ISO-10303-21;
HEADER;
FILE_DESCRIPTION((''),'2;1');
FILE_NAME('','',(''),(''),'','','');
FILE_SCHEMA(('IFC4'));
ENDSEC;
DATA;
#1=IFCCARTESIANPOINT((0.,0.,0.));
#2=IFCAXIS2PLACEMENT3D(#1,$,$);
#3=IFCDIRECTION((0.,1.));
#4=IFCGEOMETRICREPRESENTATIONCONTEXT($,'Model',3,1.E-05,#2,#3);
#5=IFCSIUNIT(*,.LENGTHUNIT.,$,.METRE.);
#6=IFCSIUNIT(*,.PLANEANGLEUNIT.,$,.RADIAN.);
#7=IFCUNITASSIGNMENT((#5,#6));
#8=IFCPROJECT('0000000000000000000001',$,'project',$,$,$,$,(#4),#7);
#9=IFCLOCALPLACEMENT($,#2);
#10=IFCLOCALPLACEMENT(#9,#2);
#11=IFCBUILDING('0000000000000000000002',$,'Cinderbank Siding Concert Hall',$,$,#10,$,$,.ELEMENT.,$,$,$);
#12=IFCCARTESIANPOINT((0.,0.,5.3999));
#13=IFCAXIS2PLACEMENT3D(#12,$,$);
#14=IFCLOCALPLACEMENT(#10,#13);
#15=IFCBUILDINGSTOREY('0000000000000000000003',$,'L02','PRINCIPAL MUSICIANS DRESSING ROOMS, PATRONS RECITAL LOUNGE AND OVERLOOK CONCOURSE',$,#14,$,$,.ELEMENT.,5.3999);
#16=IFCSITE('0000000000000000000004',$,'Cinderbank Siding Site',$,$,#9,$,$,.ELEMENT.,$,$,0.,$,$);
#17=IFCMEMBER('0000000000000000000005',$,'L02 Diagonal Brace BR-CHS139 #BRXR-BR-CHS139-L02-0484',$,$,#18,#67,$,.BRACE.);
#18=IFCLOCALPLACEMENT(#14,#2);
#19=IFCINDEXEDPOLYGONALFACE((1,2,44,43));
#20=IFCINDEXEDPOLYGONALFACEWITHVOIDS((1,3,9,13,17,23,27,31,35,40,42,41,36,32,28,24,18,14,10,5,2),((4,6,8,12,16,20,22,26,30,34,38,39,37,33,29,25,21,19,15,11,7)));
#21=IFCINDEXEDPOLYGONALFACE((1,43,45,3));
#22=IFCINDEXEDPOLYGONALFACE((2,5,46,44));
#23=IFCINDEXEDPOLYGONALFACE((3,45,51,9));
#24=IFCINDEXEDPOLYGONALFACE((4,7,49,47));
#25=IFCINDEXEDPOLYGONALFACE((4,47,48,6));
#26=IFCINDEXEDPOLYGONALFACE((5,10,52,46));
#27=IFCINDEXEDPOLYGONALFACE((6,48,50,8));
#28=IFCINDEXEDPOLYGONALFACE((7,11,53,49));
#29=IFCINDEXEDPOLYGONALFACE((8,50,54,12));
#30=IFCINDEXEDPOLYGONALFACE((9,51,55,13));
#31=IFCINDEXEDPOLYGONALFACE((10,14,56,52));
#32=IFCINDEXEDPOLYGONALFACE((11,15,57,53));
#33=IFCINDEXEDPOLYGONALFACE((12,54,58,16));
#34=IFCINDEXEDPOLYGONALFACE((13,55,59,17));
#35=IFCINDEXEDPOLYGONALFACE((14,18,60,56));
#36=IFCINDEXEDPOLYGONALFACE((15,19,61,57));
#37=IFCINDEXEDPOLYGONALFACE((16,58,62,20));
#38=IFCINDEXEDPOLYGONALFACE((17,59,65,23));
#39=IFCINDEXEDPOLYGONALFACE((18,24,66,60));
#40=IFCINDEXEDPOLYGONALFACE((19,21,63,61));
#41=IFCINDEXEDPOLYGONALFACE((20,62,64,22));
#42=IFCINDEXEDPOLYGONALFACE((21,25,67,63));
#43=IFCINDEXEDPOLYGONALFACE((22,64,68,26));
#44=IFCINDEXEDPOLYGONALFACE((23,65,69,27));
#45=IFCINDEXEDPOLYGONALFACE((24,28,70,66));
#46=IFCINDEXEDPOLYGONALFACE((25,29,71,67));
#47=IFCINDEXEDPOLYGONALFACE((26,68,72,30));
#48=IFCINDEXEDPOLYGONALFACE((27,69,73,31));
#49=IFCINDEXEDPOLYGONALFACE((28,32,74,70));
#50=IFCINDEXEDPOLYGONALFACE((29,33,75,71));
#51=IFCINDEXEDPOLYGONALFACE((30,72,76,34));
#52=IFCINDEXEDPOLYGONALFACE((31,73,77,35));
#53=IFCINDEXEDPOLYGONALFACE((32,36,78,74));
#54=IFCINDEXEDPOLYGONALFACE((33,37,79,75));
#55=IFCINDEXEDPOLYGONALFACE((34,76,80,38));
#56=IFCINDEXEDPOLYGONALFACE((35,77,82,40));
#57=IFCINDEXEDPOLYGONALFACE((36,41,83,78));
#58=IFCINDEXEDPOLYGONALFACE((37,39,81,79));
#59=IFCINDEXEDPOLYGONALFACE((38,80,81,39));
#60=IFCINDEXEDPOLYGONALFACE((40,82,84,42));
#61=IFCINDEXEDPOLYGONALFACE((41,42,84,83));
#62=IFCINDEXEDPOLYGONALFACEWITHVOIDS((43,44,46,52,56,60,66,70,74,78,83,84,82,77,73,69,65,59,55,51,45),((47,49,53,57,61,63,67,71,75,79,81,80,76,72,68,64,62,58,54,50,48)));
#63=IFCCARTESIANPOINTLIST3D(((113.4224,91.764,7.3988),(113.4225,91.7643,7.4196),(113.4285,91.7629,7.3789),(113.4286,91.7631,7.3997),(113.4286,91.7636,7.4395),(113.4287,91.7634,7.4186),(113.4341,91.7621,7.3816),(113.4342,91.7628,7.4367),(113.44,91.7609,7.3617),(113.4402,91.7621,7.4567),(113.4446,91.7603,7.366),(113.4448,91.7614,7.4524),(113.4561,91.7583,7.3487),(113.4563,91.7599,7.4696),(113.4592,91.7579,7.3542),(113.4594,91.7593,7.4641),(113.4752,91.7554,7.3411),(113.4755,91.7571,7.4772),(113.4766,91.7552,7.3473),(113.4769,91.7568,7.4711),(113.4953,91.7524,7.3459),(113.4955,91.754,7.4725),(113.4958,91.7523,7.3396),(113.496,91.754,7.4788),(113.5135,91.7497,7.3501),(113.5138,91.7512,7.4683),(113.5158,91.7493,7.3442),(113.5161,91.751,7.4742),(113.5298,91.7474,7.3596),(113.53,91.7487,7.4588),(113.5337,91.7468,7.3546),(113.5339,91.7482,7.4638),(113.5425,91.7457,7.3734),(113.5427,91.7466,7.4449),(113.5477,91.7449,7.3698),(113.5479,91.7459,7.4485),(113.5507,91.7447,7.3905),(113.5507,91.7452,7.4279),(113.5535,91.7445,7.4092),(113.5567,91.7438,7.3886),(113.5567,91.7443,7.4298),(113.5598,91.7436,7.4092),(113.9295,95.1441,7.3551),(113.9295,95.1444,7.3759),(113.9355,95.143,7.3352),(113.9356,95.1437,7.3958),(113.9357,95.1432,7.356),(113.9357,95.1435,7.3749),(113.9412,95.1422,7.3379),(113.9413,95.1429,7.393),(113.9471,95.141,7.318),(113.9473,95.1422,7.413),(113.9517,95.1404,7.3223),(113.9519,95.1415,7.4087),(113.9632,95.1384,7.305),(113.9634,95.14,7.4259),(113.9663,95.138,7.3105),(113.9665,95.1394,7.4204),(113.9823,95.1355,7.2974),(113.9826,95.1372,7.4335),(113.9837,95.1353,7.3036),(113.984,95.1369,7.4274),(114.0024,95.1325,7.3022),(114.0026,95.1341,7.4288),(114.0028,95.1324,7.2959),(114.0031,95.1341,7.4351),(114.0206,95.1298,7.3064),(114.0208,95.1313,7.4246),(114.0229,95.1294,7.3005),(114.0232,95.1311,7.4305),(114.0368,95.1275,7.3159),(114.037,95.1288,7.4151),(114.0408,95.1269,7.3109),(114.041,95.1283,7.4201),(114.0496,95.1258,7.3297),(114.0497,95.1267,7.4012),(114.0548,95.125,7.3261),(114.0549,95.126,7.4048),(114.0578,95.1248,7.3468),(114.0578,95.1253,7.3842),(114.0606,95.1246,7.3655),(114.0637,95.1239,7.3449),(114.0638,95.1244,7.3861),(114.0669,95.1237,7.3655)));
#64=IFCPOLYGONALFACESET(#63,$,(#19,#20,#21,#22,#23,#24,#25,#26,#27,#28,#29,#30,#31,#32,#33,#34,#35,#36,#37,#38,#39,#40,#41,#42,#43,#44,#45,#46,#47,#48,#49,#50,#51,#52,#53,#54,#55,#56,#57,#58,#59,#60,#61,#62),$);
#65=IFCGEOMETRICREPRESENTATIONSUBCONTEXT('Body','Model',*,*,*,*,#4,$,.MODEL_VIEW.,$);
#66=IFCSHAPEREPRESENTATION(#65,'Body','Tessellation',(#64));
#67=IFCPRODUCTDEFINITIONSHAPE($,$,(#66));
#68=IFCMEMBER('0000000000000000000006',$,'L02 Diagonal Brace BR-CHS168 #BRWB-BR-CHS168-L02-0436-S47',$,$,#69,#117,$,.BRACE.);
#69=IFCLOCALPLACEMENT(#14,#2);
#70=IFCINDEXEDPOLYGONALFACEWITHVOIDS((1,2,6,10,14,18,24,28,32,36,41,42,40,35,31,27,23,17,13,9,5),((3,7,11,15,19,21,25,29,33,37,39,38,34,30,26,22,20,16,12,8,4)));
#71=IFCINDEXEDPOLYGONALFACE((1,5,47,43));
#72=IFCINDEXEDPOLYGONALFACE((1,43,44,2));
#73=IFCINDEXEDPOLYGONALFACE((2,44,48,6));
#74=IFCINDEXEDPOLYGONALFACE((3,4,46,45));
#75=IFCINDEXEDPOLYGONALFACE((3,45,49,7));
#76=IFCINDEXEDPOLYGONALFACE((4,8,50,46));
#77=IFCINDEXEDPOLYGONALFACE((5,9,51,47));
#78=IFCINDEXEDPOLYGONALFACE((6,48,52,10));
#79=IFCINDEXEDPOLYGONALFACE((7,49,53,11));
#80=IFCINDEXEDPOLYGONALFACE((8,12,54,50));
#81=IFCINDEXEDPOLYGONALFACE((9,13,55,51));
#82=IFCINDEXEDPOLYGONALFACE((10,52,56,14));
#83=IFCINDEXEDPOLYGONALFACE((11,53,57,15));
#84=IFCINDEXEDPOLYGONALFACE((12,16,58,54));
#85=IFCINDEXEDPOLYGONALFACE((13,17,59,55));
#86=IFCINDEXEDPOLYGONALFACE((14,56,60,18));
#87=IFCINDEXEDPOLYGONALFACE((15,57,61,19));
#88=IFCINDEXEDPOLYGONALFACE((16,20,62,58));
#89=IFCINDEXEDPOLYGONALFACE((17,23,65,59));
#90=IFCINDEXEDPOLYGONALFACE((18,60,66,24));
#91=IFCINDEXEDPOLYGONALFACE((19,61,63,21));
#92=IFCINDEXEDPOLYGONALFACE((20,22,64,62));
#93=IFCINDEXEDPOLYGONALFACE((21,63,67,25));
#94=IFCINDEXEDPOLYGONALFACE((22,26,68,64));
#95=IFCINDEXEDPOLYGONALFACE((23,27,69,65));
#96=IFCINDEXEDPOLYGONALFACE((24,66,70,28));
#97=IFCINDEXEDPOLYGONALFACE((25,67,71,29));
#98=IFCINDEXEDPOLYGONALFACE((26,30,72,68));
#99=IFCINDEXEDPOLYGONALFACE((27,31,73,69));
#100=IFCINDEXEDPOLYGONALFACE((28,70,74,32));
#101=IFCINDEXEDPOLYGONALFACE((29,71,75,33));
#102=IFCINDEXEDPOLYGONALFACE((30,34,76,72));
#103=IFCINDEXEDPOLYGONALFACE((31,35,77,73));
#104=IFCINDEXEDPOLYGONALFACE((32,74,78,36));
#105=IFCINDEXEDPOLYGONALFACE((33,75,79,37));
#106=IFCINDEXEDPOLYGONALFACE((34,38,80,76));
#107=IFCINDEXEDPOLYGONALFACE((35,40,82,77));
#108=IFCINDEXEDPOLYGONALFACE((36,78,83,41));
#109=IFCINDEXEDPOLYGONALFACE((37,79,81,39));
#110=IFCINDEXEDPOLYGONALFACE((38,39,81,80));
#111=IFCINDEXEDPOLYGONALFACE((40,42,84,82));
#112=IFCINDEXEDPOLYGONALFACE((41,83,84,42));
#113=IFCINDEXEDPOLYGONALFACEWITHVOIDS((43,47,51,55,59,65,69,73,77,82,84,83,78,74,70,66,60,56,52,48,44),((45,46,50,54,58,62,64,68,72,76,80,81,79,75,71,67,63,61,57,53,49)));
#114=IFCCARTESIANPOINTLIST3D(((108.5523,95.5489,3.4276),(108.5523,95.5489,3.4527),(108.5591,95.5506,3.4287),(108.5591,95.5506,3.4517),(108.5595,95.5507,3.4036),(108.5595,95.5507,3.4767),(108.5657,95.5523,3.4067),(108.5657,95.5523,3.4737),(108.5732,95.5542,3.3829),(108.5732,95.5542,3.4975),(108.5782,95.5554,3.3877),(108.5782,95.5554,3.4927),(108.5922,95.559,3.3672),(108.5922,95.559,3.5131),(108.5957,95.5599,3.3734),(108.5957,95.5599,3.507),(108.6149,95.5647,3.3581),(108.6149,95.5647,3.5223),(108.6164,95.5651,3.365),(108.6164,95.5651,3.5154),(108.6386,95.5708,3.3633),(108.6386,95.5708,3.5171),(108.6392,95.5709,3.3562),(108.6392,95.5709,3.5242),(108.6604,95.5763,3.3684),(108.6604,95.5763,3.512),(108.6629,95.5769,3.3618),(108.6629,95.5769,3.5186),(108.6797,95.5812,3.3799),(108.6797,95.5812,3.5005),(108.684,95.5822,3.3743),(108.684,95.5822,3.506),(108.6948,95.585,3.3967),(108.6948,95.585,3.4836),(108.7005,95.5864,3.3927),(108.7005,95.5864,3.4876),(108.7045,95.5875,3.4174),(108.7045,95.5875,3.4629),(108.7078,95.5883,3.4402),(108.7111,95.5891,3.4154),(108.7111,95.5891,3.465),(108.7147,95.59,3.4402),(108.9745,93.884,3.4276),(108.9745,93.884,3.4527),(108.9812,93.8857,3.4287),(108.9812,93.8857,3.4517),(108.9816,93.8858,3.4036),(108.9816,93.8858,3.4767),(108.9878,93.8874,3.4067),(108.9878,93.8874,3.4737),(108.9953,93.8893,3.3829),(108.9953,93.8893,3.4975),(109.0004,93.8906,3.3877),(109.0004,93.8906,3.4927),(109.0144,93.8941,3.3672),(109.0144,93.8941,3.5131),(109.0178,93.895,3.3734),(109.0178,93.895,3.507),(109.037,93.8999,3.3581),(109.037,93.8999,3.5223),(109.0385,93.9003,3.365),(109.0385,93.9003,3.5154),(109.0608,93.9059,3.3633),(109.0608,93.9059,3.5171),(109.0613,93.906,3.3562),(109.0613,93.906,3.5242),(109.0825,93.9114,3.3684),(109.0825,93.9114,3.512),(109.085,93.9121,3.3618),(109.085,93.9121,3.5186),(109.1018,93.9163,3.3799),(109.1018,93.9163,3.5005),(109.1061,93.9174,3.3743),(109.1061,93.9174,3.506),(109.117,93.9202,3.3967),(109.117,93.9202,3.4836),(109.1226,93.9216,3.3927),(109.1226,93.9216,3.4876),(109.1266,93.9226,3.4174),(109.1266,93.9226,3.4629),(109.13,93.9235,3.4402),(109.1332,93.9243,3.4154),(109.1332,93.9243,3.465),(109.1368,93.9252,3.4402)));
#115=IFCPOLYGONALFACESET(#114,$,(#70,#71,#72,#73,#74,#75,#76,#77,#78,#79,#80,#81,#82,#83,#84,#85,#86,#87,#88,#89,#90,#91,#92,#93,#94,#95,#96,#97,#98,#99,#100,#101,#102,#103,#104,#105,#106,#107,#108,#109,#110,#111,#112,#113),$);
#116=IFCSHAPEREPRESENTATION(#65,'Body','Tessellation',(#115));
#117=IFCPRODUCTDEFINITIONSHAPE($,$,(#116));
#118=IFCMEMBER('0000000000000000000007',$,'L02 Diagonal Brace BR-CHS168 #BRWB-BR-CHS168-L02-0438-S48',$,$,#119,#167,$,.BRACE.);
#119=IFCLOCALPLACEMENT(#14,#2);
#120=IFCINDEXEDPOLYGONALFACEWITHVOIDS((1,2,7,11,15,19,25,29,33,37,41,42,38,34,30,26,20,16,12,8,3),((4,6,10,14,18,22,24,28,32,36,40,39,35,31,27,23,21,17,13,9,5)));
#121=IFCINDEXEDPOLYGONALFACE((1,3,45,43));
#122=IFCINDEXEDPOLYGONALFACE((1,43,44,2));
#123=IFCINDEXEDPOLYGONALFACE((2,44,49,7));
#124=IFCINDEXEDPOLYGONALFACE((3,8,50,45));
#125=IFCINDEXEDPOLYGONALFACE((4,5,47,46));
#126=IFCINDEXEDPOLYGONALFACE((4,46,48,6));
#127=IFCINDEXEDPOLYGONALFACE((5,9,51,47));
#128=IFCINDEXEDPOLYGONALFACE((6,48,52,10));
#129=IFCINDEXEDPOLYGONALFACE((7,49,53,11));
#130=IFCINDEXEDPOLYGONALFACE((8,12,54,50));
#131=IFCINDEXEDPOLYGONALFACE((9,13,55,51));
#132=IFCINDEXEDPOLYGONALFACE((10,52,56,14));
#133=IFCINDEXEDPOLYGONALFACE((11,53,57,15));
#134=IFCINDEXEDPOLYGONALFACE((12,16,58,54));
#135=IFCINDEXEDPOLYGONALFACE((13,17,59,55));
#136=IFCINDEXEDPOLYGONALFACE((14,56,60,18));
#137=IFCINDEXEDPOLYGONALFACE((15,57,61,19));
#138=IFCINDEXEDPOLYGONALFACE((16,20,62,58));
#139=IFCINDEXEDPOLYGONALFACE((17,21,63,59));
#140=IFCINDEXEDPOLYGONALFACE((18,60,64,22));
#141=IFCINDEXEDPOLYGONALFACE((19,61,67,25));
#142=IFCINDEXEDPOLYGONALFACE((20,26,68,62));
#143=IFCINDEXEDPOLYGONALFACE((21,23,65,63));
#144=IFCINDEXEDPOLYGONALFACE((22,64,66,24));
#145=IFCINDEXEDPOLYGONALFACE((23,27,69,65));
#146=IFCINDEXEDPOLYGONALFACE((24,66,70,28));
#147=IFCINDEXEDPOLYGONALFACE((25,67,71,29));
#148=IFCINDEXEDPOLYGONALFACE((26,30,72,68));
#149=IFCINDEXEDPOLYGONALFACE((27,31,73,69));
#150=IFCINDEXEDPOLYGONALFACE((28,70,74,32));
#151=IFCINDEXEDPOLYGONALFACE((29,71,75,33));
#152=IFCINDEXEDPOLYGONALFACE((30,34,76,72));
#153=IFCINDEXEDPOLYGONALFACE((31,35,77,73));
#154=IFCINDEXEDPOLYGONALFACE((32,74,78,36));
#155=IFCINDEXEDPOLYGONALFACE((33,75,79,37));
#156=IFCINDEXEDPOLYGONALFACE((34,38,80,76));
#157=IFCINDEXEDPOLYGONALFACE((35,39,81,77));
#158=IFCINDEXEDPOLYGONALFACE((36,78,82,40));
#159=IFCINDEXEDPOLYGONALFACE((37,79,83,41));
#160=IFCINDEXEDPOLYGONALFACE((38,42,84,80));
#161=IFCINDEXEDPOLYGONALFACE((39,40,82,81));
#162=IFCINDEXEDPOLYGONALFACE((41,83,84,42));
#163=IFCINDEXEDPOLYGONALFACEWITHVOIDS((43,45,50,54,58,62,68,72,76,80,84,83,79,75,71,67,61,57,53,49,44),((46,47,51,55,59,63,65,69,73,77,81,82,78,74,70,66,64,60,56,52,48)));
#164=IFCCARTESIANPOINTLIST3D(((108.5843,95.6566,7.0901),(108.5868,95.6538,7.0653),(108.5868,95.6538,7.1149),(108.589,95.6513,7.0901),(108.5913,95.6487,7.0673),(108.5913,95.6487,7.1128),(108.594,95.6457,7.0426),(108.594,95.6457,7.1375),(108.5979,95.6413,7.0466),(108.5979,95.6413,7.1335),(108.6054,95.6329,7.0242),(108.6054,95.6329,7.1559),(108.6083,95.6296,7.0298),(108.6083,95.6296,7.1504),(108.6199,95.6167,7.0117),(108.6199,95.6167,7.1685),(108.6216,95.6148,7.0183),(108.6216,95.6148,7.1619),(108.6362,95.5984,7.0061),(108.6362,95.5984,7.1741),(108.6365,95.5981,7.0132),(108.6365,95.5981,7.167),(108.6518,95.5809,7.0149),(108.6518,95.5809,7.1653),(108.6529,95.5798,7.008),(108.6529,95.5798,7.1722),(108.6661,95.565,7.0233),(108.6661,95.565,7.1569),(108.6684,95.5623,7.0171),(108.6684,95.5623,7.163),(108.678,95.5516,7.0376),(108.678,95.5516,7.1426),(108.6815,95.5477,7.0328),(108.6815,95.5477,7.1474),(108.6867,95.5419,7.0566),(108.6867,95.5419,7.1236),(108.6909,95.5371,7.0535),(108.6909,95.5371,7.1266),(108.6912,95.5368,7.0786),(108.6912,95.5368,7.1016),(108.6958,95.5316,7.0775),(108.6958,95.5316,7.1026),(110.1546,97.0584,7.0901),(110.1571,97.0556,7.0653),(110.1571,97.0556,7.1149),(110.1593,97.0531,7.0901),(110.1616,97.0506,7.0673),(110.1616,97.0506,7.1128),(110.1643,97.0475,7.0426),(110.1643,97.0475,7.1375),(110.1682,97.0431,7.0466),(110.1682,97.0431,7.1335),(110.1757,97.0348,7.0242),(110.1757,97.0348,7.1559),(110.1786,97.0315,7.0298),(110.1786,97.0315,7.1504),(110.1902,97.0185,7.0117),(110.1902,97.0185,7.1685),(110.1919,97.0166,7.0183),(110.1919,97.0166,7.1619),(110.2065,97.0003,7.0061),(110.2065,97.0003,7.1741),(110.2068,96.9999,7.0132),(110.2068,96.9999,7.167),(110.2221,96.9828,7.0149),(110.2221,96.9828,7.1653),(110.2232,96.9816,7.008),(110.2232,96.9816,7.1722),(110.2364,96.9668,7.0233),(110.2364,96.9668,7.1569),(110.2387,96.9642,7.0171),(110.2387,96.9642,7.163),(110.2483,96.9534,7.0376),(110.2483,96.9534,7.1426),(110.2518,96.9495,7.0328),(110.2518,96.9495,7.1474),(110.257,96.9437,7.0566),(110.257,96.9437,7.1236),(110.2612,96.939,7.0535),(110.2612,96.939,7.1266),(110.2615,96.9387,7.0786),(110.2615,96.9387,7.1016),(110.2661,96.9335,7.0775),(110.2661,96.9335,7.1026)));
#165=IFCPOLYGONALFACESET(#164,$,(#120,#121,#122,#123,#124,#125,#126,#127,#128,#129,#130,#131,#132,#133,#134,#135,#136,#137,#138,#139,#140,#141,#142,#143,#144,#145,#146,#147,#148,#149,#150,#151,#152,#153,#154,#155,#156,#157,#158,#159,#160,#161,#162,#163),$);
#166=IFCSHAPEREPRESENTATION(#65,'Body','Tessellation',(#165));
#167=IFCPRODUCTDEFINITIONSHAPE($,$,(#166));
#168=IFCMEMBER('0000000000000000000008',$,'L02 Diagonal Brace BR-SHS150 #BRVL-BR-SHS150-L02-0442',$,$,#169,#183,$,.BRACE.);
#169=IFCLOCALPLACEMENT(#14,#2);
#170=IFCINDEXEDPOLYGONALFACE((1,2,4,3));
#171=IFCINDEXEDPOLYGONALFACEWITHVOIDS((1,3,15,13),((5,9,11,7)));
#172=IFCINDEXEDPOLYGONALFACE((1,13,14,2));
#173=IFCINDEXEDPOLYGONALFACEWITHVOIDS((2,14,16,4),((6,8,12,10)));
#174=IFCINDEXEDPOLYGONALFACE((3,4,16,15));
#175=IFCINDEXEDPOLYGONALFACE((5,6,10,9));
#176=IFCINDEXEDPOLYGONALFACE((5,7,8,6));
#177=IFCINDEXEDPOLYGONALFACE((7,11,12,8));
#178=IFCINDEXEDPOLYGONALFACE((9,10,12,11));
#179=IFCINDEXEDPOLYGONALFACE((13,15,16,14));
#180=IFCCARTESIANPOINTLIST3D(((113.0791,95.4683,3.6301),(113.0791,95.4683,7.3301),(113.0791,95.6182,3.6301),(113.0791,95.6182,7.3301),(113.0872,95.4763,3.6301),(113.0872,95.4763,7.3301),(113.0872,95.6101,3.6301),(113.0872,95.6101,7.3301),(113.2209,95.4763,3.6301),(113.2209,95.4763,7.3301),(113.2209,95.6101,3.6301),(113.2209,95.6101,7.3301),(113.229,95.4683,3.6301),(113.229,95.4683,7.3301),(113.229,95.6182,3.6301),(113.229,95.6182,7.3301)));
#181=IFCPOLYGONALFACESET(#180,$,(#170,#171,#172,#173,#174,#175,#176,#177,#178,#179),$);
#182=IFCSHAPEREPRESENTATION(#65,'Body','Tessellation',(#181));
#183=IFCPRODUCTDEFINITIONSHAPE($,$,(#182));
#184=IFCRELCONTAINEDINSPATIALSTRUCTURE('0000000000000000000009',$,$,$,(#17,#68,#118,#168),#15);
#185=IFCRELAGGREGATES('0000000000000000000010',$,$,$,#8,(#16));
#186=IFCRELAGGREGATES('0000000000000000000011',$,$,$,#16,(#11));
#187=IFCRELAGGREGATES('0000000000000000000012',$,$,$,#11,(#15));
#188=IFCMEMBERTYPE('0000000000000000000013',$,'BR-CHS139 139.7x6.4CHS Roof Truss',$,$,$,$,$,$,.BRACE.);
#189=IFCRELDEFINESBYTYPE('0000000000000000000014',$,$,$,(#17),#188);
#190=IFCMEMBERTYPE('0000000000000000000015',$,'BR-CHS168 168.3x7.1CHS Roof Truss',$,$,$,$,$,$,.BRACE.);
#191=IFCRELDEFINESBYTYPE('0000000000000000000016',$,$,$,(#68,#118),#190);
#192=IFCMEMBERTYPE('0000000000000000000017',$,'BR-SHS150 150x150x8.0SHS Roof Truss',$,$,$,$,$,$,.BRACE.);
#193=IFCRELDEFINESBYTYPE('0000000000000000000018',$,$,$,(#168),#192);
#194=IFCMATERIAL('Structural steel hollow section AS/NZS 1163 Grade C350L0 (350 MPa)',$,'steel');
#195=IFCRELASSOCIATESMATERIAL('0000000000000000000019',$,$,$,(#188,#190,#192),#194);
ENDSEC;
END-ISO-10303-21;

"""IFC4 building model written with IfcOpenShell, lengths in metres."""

from ifc_helpers import new_model, si_unit, direction, frame, origin, origin_2d, place, context, subcontext, project, spatial, hollow_rectangle, hollow_circle, extrude, material, material_profile, profile_set, type_object, element, save


model = new_model("IFC4")

# Units and contexts
model_context = context("Model", 3, precision=1e-05, world=origin(), true_north=direction((0.0, 1.0)))
body_context = subcontext(model_context, "Body", "Model", "MODEL_VIEW")
ifc_project = project(units=[si_unit("LENGTHUNIT", "METRE"), si_unit("PLANEANGLEUNIT", "RADIAN")], contexts=[model_context])

# Site, building, storey
site_placement = place(None, origin())
site = spatial("IfcSite", under=ifc_project, at=site_placement, Name="Cinderbank Siding Site", CompositionType="ELEMENT", RefElevation=0.0)
building_placement = place(site_placement, origin())
building = spatial("IfcBuilding", under=site, at=building_placement, Name="Cinderbank Siding Concert Hall", CompositionType="ELEMENT")
storey_placement = place(building_placement, frame((0.0, 0.0, 5.3999)))
storey = spatial("IfcBuildingStorey", under=building, at=storey_placement, Name="L02", Description="PRINCIPAL MUSICIANS DRESSING ROOMS, PATRONS RECITAL LOUNGE AND OVERLOOK CONCOURSE", CompositionType="ELEMENT", Elevation=5.3999)

# Members
ifc_material_1 = material(Name="Structural steel hollow section AS/NZS 1163 Grade C350L0 (350 MPa)", Category="steel")
ifc_material_profile_1 = material_profile(ifc_material_1, hollow_circle(Radius=0.0698, WallThickness=0.0063, at=origin_2d()), Name="139.7x6.4CHS", Category="LoadBearing")
ifc_profile_set_1 = profile_set([ifc_material_profile_1], Name="Structural steel hollow section AS/NZS 1163 Grade C350L0 (350 MPa)")
member_type_1 = type_object("IfcMemberType", Name="BR-CHS139 139.7x6.4CHS Roof Truss", PredefinedType="BRACE", material=ifc_profile_set_1)
member_1_placement = place(storey_placement, frame((113.9978, 95.134, 7.3655), z_axis=(-0.148346, -0.988853, 0.012785), x_axis=(0.988934, -0.148358, 0.0)))
element("IfcMember", 1, at=member_1_placement, inside=storey, type_object=member_type_1, Name="L02 Diagonal Brace BR-CHS139 #BRXR-BR-CHS139-L02-0484", PredefinedType="BRACE", context=body_context, shape_type="SweptSolid", body=[
    extrude(hollow_circle(Radius=0.0698, WallThickness=0.0063, at=origin_2d()), origin(), (0.0, 0.0, 1.0), 3.4182),
])
ifc_material_profile_2 = material_profile(ifc_material_1, hollow_circle(Radius=0.0842, WallThickness=0.0071, at=origin_2d()), Name="168.3x7.1CHS", Category="LoadBearing")
ifc_profile_set_2 = profile_set([ifc_material_profile_2], Name="Structural steel hollow section AS/NZS 1163 Grade C350L0 (350 MPa)")
member_type_2 = type_object("IfcMemberType", Name="BR-CHS168 168.3x7.1CHS Roof Truss", PredefinedType="BRACE", material=ifc_profile_set_2)
member_2_placement = place(storey_placement, frame((108.6331, 95.5693, 3.4402), z_axis=(0.245779, -0.969326, 0.0), x_axis=(0.969326, 0.245779, 0.0)))
element("IfcMember", 2, at=member_2_placement, inside=storey, type_object=member_type_2, Name="L02 Diagonal Brace BR-CHS168 #BRWB-BR-CHS168-L02-0436-S47", PredefinedType="BRACE", context=body_context, shape_type="SweptSolid", body=[
    extrude(hollow_circle(Radius=0.0842, WallThickness=0.0071, at=origin_2d()), origin(), (0.0, 0.0, 1.0), 1.7175),
])
member_3_placement = place(storey_placement, frame((108.6404, 95.5938, 7.0901), z_axis=(0.745987, 0.66596, 0.0), x_axis=(-0.66596, 0.745987, 0.0)))
element("IfcMember", 3, at=member_3_placement, inside=storey, type_object=member_type_2, Name="L02 Diagonal Brace BR-CHS168 #BRWB-BR-CHS168-L02-0438-S48", PredefinedType="BRACE", context=body_context, shape_type="SweptSolid", body=[
    extrude(hollow_circle(Radius=0.0842, WallThickness=0.0071, at=origin_2d()), origin(), (0.0, 0.0, 1.0), 2.105),
])
ifc_material_profile_3 = material_profile(ifc_material_1, hollow_rectangle(XDim=0.1499, YDim=0.1499, WallThickness=0.0081, at=origin_2d()), Name="150x150x8.0SHS", Category="LoadBearing")
ifc_profile_set_3 = profile_set([ifc_material_profile_3], Name="Structural steel hollow section AS/NZS 1163 Grade C350L0 (350 MPa)")
member_type_3 = type_object("IfcMemberType", Name="BR-SHS150 150x150x8.0SHS Roof Truss", PredefinedType="BRACE", material=ifc_profile_set_3)
member_4_placement = place(storey_placement, frame((113.1541, 95.5432, 3.6301), z_axis=(0.0, 0.0, 1.0), x_axis=(1.0, 0.0, 0.0)))
element("IfcMember", 4, at=member_4_placement, inside=storey, type_object=member_type_3, Name="L02 Diagonal Brace BR-SHS150 #BRVL-BR-SHS150-L02-0442", PredefinedType="BRACE", context=body_context, shape_type="SweptSolid", body=[
    extrude(hollow_rectangle(XDim=0.1499, YDim=0.1499, WallThickness=0.0081, at=origin_2d()), origin(), (0.0, 0.0, 1.0), 3.7),
])

save(model, "model.ifc")
